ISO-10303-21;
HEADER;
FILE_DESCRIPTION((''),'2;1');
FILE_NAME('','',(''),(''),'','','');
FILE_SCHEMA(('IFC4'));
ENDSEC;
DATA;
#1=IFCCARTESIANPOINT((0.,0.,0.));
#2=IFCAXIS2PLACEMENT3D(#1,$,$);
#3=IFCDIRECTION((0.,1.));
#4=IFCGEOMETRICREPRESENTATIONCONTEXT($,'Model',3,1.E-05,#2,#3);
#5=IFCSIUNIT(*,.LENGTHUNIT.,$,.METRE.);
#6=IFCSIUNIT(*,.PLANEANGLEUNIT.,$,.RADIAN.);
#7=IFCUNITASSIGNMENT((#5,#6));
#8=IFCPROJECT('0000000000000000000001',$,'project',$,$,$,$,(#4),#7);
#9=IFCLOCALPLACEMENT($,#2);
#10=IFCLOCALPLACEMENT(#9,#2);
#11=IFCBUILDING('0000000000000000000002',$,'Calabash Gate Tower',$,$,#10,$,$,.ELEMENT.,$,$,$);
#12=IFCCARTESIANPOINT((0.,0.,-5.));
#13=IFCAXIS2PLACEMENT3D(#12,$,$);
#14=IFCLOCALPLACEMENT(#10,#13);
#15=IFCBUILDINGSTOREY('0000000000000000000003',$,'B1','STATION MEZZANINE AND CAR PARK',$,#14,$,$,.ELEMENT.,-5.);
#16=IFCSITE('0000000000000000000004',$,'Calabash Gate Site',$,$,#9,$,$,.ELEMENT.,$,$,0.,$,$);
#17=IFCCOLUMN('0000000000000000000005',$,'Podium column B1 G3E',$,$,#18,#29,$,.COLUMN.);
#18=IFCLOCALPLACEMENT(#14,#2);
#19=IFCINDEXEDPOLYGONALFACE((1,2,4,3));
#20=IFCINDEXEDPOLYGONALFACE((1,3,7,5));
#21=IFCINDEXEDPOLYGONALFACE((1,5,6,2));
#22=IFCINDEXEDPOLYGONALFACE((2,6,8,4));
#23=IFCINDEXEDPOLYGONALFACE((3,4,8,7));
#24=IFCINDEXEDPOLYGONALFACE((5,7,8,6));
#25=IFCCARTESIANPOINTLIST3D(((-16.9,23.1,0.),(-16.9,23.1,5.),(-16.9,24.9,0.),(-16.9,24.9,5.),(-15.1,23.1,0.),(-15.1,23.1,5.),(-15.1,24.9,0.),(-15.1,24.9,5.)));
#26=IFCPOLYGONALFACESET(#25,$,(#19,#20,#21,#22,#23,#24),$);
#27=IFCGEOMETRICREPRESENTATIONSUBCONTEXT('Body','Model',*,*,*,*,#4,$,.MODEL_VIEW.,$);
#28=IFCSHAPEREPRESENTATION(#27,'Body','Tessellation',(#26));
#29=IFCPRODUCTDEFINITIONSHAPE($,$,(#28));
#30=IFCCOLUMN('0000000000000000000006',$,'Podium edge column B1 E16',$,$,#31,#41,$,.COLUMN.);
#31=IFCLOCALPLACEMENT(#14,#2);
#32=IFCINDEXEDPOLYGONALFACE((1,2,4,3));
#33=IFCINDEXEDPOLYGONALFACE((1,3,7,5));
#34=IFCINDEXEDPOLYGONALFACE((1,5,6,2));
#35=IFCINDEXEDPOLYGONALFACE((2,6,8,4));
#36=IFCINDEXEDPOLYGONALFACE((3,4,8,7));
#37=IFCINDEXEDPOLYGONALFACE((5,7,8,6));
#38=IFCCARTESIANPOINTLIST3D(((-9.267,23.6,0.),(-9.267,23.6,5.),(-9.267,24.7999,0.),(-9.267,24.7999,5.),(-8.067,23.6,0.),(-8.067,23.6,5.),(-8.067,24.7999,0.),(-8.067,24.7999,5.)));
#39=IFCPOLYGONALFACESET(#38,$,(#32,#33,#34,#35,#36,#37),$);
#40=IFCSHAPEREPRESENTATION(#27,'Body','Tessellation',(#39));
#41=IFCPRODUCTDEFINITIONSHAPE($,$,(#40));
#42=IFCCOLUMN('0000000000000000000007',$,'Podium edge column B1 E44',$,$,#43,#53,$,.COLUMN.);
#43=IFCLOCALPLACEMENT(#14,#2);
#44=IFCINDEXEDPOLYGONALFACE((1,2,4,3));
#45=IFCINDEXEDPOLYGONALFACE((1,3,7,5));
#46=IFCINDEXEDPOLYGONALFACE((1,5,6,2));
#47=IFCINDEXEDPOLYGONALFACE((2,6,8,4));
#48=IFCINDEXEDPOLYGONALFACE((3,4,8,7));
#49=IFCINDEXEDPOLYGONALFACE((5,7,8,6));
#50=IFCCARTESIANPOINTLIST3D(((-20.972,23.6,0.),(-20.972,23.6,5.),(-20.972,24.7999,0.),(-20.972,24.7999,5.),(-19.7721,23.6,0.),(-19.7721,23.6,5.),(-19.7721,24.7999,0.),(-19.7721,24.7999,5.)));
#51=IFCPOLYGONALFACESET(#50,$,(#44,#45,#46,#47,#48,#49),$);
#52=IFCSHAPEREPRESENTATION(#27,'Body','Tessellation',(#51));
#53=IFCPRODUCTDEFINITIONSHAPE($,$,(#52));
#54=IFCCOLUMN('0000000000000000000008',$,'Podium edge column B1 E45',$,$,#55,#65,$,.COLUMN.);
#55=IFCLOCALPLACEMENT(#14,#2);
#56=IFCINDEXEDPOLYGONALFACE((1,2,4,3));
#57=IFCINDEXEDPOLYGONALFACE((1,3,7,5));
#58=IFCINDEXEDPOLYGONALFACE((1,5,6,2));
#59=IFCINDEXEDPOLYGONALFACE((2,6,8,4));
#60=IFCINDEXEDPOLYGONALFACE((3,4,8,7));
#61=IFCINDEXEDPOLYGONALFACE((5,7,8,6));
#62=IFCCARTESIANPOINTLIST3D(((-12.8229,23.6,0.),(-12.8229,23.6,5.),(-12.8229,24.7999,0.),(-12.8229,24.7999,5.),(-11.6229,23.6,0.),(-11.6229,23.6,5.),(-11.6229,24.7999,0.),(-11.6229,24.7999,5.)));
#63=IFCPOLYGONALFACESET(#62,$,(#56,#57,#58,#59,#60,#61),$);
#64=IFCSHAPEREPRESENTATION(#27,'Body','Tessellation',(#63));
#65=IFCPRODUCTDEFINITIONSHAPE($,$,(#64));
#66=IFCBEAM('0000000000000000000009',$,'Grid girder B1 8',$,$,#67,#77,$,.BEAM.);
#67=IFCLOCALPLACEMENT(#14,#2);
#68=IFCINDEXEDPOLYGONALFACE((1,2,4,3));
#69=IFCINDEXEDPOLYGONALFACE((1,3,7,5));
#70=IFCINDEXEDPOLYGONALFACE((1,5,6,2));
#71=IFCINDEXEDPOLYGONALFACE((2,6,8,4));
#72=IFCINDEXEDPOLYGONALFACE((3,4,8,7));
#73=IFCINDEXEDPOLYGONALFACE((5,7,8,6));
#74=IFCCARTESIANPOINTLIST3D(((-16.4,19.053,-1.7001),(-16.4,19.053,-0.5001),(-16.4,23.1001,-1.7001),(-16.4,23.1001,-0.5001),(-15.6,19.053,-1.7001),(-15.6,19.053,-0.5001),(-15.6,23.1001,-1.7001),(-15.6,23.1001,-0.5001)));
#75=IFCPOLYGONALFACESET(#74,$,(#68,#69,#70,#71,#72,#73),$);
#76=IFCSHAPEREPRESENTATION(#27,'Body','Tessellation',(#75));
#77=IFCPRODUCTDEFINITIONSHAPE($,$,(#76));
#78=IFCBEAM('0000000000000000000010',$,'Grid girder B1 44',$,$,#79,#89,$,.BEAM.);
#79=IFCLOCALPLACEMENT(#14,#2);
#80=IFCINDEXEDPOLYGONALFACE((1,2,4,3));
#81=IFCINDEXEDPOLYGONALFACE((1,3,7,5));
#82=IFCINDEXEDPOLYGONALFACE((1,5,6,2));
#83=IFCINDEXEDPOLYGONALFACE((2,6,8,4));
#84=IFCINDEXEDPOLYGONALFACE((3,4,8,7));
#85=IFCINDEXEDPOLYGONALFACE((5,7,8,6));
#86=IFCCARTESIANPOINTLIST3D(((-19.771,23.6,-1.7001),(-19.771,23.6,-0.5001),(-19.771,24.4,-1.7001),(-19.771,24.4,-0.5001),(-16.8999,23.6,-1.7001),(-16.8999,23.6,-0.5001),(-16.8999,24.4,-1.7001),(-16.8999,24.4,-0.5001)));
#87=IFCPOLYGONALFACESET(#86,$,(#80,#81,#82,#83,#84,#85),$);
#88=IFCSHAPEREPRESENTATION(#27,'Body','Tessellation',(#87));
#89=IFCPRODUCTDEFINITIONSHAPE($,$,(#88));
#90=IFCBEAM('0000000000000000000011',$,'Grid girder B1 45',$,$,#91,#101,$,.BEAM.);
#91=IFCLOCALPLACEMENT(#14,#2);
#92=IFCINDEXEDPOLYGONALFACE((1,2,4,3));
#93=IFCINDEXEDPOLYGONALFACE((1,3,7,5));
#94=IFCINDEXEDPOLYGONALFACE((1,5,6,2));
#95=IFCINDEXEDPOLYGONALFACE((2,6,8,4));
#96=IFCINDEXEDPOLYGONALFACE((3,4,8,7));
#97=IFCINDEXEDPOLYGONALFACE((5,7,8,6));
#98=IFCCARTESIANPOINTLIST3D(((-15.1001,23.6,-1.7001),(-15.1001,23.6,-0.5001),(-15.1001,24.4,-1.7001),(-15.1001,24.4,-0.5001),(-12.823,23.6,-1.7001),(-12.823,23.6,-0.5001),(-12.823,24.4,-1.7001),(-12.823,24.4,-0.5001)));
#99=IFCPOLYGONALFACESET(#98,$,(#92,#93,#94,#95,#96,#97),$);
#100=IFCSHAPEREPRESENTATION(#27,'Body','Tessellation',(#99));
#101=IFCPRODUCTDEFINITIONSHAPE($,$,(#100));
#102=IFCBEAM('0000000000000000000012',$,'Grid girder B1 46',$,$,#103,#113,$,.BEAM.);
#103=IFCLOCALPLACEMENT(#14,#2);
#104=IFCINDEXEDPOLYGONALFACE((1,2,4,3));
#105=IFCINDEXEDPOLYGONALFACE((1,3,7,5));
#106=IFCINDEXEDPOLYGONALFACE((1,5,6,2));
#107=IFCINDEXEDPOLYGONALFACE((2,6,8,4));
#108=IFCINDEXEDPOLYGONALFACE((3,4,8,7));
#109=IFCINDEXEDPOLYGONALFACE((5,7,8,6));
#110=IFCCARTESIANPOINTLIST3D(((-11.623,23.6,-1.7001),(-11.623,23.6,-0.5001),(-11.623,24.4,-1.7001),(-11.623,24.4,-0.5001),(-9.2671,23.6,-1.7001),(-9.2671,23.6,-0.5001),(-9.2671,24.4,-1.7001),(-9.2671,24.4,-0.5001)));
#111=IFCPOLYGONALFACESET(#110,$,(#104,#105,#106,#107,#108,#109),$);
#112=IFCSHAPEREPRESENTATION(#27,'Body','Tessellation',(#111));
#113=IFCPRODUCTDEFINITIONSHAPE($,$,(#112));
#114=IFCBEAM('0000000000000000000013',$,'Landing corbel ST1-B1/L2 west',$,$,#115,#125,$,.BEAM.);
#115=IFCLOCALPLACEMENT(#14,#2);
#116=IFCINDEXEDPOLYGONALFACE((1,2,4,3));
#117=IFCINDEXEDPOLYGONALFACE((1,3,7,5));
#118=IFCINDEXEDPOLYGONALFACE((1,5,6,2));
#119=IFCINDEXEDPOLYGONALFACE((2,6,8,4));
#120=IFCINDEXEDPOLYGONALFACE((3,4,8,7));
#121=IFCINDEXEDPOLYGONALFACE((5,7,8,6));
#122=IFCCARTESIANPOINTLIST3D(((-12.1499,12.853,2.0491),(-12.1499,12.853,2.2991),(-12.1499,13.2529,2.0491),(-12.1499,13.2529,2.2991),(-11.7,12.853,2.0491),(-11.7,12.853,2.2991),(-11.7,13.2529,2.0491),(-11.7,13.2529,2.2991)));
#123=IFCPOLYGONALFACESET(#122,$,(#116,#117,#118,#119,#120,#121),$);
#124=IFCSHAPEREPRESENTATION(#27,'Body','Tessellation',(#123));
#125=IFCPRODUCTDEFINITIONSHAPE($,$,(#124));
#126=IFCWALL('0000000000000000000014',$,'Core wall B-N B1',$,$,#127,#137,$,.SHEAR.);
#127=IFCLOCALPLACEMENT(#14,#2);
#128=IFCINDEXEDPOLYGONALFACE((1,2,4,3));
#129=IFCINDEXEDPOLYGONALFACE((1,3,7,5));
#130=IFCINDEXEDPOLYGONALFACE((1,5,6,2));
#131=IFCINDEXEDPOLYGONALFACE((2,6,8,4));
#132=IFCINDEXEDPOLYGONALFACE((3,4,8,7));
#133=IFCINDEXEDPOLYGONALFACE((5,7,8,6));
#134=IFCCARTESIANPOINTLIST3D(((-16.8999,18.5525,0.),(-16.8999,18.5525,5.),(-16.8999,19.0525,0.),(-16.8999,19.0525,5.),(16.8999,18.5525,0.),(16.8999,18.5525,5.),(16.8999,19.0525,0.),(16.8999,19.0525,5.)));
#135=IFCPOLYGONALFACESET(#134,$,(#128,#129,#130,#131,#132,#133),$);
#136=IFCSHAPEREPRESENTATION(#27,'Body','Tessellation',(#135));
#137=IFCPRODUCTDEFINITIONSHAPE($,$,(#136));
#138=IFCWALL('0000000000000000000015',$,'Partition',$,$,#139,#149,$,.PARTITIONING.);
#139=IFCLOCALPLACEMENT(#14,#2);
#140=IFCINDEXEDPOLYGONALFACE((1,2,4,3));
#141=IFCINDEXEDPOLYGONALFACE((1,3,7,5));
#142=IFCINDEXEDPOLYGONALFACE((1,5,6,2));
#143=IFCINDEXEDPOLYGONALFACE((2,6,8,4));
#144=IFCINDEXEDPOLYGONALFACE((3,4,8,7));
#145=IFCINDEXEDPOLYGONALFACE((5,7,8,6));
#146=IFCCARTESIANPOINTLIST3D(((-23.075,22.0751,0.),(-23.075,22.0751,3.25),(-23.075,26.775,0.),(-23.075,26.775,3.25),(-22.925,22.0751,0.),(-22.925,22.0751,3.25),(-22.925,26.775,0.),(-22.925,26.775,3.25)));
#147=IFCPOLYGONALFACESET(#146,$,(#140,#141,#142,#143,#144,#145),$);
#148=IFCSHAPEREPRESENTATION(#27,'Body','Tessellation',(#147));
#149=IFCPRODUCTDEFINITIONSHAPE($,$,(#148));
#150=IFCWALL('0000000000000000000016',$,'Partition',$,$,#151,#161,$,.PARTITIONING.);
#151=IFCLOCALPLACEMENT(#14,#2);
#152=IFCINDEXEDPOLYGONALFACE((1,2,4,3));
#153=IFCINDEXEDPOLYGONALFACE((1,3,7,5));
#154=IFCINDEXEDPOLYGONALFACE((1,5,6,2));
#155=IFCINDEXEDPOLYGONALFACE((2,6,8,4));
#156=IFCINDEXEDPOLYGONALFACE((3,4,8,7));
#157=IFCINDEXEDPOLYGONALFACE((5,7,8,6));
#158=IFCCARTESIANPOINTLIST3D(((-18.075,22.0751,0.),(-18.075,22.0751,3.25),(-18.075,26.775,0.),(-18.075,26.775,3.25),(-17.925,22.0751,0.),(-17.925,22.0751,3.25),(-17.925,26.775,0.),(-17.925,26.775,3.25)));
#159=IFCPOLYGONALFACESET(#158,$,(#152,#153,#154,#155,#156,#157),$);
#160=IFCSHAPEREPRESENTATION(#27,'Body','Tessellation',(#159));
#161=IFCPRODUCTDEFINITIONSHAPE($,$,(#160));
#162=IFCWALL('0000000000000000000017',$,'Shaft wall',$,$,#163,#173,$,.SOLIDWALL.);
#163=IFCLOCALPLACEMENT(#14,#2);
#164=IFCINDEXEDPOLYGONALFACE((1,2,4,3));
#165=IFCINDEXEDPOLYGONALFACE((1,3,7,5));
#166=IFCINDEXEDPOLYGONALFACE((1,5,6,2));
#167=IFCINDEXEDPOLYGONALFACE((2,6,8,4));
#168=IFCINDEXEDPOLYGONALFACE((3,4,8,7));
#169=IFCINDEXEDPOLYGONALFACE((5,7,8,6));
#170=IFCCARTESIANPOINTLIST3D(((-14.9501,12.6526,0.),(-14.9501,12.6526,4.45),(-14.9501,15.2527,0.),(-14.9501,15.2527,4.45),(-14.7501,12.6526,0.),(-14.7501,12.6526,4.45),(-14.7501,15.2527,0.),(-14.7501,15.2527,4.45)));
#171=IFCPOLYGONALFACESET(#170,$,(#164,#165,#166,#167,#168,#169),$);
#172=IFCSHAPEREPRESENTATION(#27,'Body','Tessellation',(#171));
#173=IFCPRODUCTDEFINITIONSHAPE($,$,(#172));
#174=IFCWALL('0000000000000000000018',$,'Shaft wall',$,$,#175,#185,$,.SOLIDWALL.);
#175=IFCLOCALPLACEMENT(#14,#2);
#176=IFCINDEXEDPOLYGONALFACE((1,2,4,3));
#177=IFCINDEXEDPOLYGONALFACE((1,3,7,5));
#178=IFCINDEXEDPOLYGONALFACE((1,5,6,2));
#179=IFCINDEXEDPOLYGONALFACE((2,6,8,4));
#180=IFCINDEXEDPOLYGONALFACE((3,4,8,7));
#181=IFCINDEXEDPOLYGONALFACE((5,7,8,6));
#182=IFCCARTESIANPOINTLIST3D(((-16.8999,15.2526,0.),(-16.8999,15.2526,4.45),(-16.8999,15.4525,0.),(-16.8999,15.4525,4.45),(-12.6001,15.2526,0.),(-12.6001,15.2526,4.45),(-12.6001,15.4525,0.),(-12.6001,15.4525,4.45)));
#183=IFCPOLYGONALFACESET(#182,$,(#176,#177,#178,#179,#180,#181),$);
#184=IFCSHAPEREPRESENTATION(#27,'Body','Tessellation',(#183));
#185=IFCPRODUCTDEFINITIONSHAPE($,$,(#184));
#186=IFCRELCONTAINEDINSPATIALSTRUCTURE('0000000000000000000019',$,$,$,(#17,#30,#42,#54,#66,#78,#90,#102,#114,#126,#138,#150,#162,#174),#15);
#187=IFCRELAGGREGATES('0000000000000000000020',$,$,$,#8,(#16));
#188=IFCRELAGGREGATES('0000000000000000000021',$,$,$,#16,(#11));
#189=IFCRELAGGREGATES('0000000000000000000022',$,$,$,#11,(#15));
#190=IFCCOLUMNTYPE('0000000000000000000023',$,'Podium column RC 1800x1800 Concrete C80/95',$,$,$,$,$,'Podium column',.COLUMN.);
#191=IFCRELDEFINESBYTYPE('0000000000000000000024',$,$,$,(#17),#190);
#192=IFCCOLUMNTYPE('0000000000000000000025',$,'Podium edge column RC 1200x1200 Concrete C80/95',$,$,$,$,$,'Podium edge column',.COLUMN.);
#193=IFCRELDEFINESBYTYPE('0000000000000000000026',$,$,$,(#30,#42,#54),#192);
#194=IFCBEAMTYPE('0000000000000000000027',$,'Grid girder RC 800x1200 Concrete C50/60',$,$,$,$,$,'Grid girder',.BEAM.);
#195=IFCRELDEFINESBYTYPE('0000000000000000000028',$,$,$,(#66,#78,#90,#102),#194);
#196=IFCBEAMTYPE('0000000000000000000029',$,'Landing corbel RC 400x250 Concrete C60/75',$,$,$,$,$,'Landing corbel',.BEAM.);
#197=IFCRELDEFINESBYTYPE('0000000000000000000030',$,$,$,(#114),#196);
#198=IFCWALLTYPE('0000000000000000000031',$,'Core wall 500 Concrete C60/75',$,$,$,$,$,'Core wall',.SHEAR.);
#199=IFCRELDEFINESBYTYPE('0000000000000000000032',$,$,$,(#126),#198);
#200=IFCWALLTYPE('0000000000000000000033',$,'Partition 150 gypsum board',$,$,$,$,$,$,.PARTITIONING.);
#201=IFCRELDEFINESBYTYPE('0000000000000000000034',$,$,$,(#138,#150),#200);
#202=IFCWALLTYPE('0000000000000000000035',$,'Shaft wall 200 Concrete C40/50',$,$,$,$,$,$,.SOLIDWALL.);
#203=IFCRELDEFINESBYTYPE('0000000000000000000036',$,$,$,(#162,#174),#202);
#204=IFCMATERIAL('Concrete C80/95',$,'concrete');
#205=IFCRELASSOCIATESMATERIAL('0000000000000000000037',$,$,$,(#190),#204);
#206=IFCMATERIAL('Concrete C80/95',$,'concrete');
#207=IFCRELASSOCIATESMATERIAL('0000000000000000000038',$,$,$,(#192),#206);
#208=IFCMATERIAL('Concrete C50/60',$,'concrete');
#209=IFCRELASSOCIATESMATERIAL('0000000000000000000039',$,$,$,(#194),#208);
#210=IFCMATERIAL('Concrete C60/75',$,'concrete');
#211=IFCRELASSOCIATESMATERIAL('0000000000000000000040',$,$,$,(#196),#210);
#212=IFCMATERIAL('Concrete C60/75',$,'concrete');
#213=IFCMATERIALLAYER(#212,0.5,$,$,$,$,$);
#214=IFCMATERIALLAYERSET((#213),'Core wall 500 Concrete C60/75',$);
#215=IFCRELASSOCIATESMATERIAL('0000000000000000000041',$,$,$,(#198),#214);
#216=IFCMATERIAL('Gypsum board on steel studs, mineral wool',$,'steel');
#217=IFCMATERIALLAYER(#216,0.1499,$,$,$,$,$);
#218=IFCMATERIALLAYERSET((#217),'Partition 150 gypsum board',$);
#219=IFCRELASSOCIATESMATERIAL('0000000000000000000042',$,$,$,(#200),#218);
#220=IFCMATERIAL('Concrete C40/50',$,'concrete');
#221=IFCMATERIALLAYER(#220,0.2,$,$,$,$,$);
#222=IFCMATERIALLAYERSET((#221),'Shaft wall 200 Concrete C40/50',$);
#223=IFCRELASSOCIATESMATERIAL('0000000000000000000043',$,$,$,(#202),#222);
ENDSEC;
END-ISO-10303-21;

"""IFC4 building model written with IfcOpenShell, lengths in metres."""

from ifc_helpers import new_model, si_unit, direction, frame, frame_2d, origin, origin_2d, place, context, subcontext, project, spatial, rectangle, extrude, material, layer, layer_set, material_profile, profile_set, type_object, element, save


model = new_model("IFC4")

# Units and contexts
model_context = context("Model", 3, precision=1e-05, world=origin(), true_north=direction((0.0, 1.0)))
body_context = subcontext(model_context, "Body", "Model", "MODEL_VIEW")
ifc_project = project(units=[si_unit("LENGTHUNIT", "METRE"), si_unit("PLANEANGLEUNIT", "RADIAN")], contexts=[model_context])

# Site, building, storey
site_placement = place(None, origin())
site = spatial("IfcSite", under=ifc_project, at=site_placement, Name="Calabash Gate Site", CompositionType="ELEMENT", RefElevation=0.0)
building_placement = place(site_placement, origin())
building = spatial("IfcBuilding", under=site, at=building_placement, Name="Calabash Gate Tower", CompositionType="ELEMENT")
storey_placement = place(building_placement, frame((0.0, 0.0, -5.0)))
storey = spatial("IfcBuildingStorey", under=building, at=storey_placement, Name="B1", Description="STATION MEZZANINE AND CAR PARK", CompositionType="ELEMENT", Elevation=-5.0)

# Columns
ifc_material_1 = material(Name="Concrete C80/95", Category="concrete")
ifc_material_profile_1 = material_profile(ifc_material_1, rectangle(XDim=1.8, YDim=1.8, at=origin_2d()))
ifc_profile_set_1 = profile_set([ifc_material_profile_1], Name="Concrete C80/95")
column_type_1 = type_object("IfcColumnType", Name="Podium column RC 1800x1800 Concrete C80/95", ElementType="Podium column", PredefinedType="COLUMN", material=ifc_profile_set_1)
column_placement = place(storey_placement, frame((-16.0, 24.0, 0.0), z_axis=(0.0, 0.0, 1.0), x_axis=(1.0, 0.0, 0.0)))
element("IfcColumn", 1, at=column_placement, inside=storey, type_object=column_type_1, Name="Podium column B1 G3E", PredefinedType="COLUMN", context=body_context, shape_type="SweptSolid", body=[
    extrude(rectangle(XDim=1.8, YDim=1.8, at=origin_2d()), origin(), (0.0, 0.0, 1.0), 5.0),
])
ifc_material_2 = material(Name="Concrete C80/95", Category="concrete")
ifc_material_profile_2 = material_profile(ifc_material_2, rectangle(XDim=1.2, YDim=1.2, at=origin_2d()))
ifc_profile_set_2 = profile_set([ifc_material_profile_2], Name="Concrete C80/95")
column_type_2 = type_object("IfcColumnType", Name="Podium edge column RC 1200x1200 Concrete C80/95", ElementType="Podium edge column", PredefinedType="COLUMN", material=ifc_profile_set_2)
for number, where, z_axis, x_axis, name in (
    (2, (-8.667, 24.2, 0.0), (0.0, 0.0, 1.0), (1.0, 0.0, 0.0), "Podium edge column B1 E16"),
    (3, (-20.3721, 24.2, 0.0), (0.0, 0.0, 1.0), (1.0, 0.0, 0.0), "Podium edge column B1 E44"),
    (4, (-12.2229, 24.2, 0.0), (0.0, 0.0, 1.0), (1.0, 0.0, 0.0), "Podium edge column B1 E45"),
):
    element("IfcColumn", number, at=place(storey_placement, frame(where, z_axis=z_axis, x_axis=x_axis)), inside=storey, type_object=column_type_2, Name=name, PredefinedType="COLUMN", context=body_context, shape_type="SweptSolid", body=[
        extrude(rectangle(XDim=1.2, YDim=1.2, at=origin_2d()), origin(), (0.0, 0.0, 1.0), 5.0),
    ])

# Beams
ifc_material_3 = material(Name="Concrete C50/60", Category="concrete")
ifc_material_profile_3 = material_profile(ifc_material_3, rectangle(XDim=0.8, YDim=1.2, at=origin_2d()))
ifc_profile_set_3 = profile_set([ifc_material_profile_3], Name="Concrete C50/60")
beam_type_1 = type_object("IfcBeamType", Name="Grid girder RC 800x1200 Concrete C50/60", ElementType="Grid girder", PredefinedType="BEAM", material=ifc_profile_set_3)
beam_1_placement = place(storey_placement, frame((-16.0, 19.053, -1.1001), z_axis=(0.0, 1.0, 0.0), x_axis=(-1.0, 0.0, 0.0)))
element("IfcBeam", 5, at=beam_1_placement, inside=storey, type_object=beam_type_1, Name="Grid girder B1 8", PredefinedType="BEAM", context=body_context, shape_type="SweptSolid", body=[
    extrude(rectangle(XDim=0.8, YDim=1.2, at=origin_2d()), origin(), (0.0, 0.0, 1.0), 4.0471),
])
beam_2_placement = place(storey_placement, frame((-19.771, 24.0, -1.1001), z_axis=(1.0, 0.0, 0.0), x_axis=(0.0, 1.0, 0.0)))
element("IfcBeam", 6, at=beam_2_placement, inside=storey, type_object=beam_type_1, Name="Grid girder B1 44", PredefinedType="BEAM", context=body_context, shape_type="SweptSolid", body=[
    extrude(rectangle(XDim=0.8, YDim=1.2, at=origin_2d()), origin(), (0.0, 0.0, 1.0), 2.8711),
])
beam_3_placement = place(storey_placement, frame((-15.1001, 24.0, -1.1001), z_axis=(1.0, 0.0, 0.0), x_axis=(0.0, 1.0, 0.0)))
element("IfcBeam", 7, at=beam_3_placement, inside=storey, type_object=beam_type_1, Name="Grid girder B1 45", PredefinedType="BEAM", context=body_context, shape_type="SweptSolid", body=[
    extrude(rectangle(XDim=0.8, YDim=1.2, at=origin_2d()), origin(), (0.0, 0.0, 1.0), 2.2771),
])
beam_4_placement = place(storey_placement, frame((-11.623, 24.0, -1.1001), z_axis=(1.0, 0.0, 0.0), x_axis=(0.0, 1.0, 0.0)))
element("IfcBeam", 8, at=beam_4_placement, inside=storey, type_object=beam_type_1, Name="Grid girder B1 46", PredefinedType="BEAM", context=body_context, shape_type="SweptSolid", body=[
    extrude(rectangle(XDim=0.8, YDim=1.2, at=origin_2d()), origin(), (0.0, 0.0, 1.0), 2.356),
])
ifc_material_4 = material(Name="Concrete C60/75", Category="concrete")
ifc_material_profile_4 = material_profile(ifc_material_4, rectangle(XDim=0.3999, YDim=0.25, at=origin_2d()))
ifc_profile_set_4 = profile_set([ifc_material_profile_4], Name="Concrete C60/75")
beam_type_2 = type_object("IfcBeamType", Name="Landing corbel RC 400x250 Concrete C60/75", ElementType="Landing corbel", PredefinedType="BEAM", material=ifc_profile_set_4)
beam_5_placement = place(storey_placement, frame((-12.1499, 13.053, 2.1741), z_axis=(1.0, 0.0, 0.0), x_axis=(0.0, 1.0, 0.0)))
element("IfcBeam", 9, at=beam_5_placement, inside=storey, type_object=beam_type_2, Name="Landing corbel ST1-B1/L2 west", PredefinedType="BEAM", context=body_context, shape_type="SweptSolid", body=[
    extrude(rectangle(XDim=0.3999, YDim=0.25, at=origin_2d()), origin(), (0.0, 0.0, 1.0), 0.45),
])

# Walls
ifc_material_5 = material(Name="Concrete C60/75", Category="concrete")
ifc_layer_1 = layer(ifc_material_5, 0.5)
ifc_layer_set_1 = layer_set([ifc_layer_1], Name="Core wall 500 Concrete C60/75")
wall_type_1 = type_object("IfcWallType", Name="Core wall 500 Concrete C60/75", ElementType="Core wall", PredefinedType="SHEAR", material=ifc_layer_set_1)
wall_1_placement = place(storey_placement, frame((-16.8999, 18.8025, 0.0), z_axis=(0.0, 0.0, 1.0), x_axis=(1.0, 0.0, 0.0)))
element("IfcWall", 10, at=wall_1_placement, inside=storey, type_object=wall_type_1, Name="Core wall B-N B1", PredefinedType="SHEAR", context=body_context, shape_type="SweptSolid", body=[
    extrude(rectangle(XDim=33.7998, YDim=0.5, at=frame_2d((16.8999, 0.0))), origin(), (0.0, 0.0, 1.0), 5.0),
])
ifc_material_6 = material(Name="Gypsum board on steel studs, mineral wool", Category="steel")
ifc_layer_2 = layer(ifc_material_6, 0.1499)
ifc_layer_set_2 = layer_set([ifc_layer_2], Name="Partition 150 gypsum board")
wall_type_2 = type_object("IfcWallType", Name="Partition 150 gypsum board", PredefinedType="PARTITIONING", material=ifc_layer_set_2)
for number, where, z_axis, x_axis, name in (
    (11, (-23.0, 22.075, 0.0), (0.0, 0.0, 1.0), (0.0, 1.0, 0.0), "Partition"),
    (12, (-18.0, 22.075, 0.0), (0.0, 0.0, 1.0), (0.0, 1.0, 0.0), "Partition"),
):
    element("IfcWall", number, at=place(storey_placement, frame(where, z_axis=z_axis, x_axis=x_axis)), inside=storey, type_object=wall_type_2, Name=name, PredefinedType="PARTITIONING", context=body_context, shape_type="SweptSolid", body=[
        extrude(rectangle(XDim=4.7, YDim=0.1499, at=frame_2d((2.3501, 0.0))), origin(), (0.0, 0.0, 1.0), 3.25),
    ])
ifc_material_7 = material(Name="Concrete C40/50", Category="concrete")
ifc_layer_3 = layer(ifc_material_7, 0.2)
ifc_layer_set_3 = layer_set([ifc_layer_3], Name="Shaft wall 200 Concrete C40/50")
wall_type_3 = type_object("IfcWallType", Name="Shaft wall 200 Concrete C40/50", PredefinedType="SOLIDWALL", material=ifc_layer_set_3)
wall_2_placement = place(storey_placement, frame((-14.8501, 12.6526, 0.0), z_axis=(0.0, 0.0, 1.0), x_axis=(0.0, 1.0, 0.0)))
element("IfcWall", 13, at=wall_2_placement, inside=storey, type_object=wall_type_3, Name="Shaft wall", PredefinedType="SOLIDWALL", context=body_context, shape_type="SweptSolid", body=[
    extrude(rectangle(XDim=2.6001, YDim=0.2, at=frame_2d((1.3, 0.0))), origin(), (0.0, 0.0, 1.0), 4.45),
])
wall_3_placement = place(storey_placement, frame((-16.8999, 15.3525, 0.0), z_axis=(0.0, 0.0, 1.0), x_axis=(1.0, 0.0, 0.0)))
element("IfcWall", 14, at=wall_3_placement, inside=storey, type_object=wall_type_3, Name="Shaft wall", PredefinedType="SOLIDWALL", context=body_context, shape_type="SweptSolid", body=[
    extrude(rectangle(XDim=4.2998, YDim=0.2, at=frame_2d((2.1499, 0.0))), origin(), (0.0, 0.0, 1.0), 4.45),
])

save(model, "model.ifc")
